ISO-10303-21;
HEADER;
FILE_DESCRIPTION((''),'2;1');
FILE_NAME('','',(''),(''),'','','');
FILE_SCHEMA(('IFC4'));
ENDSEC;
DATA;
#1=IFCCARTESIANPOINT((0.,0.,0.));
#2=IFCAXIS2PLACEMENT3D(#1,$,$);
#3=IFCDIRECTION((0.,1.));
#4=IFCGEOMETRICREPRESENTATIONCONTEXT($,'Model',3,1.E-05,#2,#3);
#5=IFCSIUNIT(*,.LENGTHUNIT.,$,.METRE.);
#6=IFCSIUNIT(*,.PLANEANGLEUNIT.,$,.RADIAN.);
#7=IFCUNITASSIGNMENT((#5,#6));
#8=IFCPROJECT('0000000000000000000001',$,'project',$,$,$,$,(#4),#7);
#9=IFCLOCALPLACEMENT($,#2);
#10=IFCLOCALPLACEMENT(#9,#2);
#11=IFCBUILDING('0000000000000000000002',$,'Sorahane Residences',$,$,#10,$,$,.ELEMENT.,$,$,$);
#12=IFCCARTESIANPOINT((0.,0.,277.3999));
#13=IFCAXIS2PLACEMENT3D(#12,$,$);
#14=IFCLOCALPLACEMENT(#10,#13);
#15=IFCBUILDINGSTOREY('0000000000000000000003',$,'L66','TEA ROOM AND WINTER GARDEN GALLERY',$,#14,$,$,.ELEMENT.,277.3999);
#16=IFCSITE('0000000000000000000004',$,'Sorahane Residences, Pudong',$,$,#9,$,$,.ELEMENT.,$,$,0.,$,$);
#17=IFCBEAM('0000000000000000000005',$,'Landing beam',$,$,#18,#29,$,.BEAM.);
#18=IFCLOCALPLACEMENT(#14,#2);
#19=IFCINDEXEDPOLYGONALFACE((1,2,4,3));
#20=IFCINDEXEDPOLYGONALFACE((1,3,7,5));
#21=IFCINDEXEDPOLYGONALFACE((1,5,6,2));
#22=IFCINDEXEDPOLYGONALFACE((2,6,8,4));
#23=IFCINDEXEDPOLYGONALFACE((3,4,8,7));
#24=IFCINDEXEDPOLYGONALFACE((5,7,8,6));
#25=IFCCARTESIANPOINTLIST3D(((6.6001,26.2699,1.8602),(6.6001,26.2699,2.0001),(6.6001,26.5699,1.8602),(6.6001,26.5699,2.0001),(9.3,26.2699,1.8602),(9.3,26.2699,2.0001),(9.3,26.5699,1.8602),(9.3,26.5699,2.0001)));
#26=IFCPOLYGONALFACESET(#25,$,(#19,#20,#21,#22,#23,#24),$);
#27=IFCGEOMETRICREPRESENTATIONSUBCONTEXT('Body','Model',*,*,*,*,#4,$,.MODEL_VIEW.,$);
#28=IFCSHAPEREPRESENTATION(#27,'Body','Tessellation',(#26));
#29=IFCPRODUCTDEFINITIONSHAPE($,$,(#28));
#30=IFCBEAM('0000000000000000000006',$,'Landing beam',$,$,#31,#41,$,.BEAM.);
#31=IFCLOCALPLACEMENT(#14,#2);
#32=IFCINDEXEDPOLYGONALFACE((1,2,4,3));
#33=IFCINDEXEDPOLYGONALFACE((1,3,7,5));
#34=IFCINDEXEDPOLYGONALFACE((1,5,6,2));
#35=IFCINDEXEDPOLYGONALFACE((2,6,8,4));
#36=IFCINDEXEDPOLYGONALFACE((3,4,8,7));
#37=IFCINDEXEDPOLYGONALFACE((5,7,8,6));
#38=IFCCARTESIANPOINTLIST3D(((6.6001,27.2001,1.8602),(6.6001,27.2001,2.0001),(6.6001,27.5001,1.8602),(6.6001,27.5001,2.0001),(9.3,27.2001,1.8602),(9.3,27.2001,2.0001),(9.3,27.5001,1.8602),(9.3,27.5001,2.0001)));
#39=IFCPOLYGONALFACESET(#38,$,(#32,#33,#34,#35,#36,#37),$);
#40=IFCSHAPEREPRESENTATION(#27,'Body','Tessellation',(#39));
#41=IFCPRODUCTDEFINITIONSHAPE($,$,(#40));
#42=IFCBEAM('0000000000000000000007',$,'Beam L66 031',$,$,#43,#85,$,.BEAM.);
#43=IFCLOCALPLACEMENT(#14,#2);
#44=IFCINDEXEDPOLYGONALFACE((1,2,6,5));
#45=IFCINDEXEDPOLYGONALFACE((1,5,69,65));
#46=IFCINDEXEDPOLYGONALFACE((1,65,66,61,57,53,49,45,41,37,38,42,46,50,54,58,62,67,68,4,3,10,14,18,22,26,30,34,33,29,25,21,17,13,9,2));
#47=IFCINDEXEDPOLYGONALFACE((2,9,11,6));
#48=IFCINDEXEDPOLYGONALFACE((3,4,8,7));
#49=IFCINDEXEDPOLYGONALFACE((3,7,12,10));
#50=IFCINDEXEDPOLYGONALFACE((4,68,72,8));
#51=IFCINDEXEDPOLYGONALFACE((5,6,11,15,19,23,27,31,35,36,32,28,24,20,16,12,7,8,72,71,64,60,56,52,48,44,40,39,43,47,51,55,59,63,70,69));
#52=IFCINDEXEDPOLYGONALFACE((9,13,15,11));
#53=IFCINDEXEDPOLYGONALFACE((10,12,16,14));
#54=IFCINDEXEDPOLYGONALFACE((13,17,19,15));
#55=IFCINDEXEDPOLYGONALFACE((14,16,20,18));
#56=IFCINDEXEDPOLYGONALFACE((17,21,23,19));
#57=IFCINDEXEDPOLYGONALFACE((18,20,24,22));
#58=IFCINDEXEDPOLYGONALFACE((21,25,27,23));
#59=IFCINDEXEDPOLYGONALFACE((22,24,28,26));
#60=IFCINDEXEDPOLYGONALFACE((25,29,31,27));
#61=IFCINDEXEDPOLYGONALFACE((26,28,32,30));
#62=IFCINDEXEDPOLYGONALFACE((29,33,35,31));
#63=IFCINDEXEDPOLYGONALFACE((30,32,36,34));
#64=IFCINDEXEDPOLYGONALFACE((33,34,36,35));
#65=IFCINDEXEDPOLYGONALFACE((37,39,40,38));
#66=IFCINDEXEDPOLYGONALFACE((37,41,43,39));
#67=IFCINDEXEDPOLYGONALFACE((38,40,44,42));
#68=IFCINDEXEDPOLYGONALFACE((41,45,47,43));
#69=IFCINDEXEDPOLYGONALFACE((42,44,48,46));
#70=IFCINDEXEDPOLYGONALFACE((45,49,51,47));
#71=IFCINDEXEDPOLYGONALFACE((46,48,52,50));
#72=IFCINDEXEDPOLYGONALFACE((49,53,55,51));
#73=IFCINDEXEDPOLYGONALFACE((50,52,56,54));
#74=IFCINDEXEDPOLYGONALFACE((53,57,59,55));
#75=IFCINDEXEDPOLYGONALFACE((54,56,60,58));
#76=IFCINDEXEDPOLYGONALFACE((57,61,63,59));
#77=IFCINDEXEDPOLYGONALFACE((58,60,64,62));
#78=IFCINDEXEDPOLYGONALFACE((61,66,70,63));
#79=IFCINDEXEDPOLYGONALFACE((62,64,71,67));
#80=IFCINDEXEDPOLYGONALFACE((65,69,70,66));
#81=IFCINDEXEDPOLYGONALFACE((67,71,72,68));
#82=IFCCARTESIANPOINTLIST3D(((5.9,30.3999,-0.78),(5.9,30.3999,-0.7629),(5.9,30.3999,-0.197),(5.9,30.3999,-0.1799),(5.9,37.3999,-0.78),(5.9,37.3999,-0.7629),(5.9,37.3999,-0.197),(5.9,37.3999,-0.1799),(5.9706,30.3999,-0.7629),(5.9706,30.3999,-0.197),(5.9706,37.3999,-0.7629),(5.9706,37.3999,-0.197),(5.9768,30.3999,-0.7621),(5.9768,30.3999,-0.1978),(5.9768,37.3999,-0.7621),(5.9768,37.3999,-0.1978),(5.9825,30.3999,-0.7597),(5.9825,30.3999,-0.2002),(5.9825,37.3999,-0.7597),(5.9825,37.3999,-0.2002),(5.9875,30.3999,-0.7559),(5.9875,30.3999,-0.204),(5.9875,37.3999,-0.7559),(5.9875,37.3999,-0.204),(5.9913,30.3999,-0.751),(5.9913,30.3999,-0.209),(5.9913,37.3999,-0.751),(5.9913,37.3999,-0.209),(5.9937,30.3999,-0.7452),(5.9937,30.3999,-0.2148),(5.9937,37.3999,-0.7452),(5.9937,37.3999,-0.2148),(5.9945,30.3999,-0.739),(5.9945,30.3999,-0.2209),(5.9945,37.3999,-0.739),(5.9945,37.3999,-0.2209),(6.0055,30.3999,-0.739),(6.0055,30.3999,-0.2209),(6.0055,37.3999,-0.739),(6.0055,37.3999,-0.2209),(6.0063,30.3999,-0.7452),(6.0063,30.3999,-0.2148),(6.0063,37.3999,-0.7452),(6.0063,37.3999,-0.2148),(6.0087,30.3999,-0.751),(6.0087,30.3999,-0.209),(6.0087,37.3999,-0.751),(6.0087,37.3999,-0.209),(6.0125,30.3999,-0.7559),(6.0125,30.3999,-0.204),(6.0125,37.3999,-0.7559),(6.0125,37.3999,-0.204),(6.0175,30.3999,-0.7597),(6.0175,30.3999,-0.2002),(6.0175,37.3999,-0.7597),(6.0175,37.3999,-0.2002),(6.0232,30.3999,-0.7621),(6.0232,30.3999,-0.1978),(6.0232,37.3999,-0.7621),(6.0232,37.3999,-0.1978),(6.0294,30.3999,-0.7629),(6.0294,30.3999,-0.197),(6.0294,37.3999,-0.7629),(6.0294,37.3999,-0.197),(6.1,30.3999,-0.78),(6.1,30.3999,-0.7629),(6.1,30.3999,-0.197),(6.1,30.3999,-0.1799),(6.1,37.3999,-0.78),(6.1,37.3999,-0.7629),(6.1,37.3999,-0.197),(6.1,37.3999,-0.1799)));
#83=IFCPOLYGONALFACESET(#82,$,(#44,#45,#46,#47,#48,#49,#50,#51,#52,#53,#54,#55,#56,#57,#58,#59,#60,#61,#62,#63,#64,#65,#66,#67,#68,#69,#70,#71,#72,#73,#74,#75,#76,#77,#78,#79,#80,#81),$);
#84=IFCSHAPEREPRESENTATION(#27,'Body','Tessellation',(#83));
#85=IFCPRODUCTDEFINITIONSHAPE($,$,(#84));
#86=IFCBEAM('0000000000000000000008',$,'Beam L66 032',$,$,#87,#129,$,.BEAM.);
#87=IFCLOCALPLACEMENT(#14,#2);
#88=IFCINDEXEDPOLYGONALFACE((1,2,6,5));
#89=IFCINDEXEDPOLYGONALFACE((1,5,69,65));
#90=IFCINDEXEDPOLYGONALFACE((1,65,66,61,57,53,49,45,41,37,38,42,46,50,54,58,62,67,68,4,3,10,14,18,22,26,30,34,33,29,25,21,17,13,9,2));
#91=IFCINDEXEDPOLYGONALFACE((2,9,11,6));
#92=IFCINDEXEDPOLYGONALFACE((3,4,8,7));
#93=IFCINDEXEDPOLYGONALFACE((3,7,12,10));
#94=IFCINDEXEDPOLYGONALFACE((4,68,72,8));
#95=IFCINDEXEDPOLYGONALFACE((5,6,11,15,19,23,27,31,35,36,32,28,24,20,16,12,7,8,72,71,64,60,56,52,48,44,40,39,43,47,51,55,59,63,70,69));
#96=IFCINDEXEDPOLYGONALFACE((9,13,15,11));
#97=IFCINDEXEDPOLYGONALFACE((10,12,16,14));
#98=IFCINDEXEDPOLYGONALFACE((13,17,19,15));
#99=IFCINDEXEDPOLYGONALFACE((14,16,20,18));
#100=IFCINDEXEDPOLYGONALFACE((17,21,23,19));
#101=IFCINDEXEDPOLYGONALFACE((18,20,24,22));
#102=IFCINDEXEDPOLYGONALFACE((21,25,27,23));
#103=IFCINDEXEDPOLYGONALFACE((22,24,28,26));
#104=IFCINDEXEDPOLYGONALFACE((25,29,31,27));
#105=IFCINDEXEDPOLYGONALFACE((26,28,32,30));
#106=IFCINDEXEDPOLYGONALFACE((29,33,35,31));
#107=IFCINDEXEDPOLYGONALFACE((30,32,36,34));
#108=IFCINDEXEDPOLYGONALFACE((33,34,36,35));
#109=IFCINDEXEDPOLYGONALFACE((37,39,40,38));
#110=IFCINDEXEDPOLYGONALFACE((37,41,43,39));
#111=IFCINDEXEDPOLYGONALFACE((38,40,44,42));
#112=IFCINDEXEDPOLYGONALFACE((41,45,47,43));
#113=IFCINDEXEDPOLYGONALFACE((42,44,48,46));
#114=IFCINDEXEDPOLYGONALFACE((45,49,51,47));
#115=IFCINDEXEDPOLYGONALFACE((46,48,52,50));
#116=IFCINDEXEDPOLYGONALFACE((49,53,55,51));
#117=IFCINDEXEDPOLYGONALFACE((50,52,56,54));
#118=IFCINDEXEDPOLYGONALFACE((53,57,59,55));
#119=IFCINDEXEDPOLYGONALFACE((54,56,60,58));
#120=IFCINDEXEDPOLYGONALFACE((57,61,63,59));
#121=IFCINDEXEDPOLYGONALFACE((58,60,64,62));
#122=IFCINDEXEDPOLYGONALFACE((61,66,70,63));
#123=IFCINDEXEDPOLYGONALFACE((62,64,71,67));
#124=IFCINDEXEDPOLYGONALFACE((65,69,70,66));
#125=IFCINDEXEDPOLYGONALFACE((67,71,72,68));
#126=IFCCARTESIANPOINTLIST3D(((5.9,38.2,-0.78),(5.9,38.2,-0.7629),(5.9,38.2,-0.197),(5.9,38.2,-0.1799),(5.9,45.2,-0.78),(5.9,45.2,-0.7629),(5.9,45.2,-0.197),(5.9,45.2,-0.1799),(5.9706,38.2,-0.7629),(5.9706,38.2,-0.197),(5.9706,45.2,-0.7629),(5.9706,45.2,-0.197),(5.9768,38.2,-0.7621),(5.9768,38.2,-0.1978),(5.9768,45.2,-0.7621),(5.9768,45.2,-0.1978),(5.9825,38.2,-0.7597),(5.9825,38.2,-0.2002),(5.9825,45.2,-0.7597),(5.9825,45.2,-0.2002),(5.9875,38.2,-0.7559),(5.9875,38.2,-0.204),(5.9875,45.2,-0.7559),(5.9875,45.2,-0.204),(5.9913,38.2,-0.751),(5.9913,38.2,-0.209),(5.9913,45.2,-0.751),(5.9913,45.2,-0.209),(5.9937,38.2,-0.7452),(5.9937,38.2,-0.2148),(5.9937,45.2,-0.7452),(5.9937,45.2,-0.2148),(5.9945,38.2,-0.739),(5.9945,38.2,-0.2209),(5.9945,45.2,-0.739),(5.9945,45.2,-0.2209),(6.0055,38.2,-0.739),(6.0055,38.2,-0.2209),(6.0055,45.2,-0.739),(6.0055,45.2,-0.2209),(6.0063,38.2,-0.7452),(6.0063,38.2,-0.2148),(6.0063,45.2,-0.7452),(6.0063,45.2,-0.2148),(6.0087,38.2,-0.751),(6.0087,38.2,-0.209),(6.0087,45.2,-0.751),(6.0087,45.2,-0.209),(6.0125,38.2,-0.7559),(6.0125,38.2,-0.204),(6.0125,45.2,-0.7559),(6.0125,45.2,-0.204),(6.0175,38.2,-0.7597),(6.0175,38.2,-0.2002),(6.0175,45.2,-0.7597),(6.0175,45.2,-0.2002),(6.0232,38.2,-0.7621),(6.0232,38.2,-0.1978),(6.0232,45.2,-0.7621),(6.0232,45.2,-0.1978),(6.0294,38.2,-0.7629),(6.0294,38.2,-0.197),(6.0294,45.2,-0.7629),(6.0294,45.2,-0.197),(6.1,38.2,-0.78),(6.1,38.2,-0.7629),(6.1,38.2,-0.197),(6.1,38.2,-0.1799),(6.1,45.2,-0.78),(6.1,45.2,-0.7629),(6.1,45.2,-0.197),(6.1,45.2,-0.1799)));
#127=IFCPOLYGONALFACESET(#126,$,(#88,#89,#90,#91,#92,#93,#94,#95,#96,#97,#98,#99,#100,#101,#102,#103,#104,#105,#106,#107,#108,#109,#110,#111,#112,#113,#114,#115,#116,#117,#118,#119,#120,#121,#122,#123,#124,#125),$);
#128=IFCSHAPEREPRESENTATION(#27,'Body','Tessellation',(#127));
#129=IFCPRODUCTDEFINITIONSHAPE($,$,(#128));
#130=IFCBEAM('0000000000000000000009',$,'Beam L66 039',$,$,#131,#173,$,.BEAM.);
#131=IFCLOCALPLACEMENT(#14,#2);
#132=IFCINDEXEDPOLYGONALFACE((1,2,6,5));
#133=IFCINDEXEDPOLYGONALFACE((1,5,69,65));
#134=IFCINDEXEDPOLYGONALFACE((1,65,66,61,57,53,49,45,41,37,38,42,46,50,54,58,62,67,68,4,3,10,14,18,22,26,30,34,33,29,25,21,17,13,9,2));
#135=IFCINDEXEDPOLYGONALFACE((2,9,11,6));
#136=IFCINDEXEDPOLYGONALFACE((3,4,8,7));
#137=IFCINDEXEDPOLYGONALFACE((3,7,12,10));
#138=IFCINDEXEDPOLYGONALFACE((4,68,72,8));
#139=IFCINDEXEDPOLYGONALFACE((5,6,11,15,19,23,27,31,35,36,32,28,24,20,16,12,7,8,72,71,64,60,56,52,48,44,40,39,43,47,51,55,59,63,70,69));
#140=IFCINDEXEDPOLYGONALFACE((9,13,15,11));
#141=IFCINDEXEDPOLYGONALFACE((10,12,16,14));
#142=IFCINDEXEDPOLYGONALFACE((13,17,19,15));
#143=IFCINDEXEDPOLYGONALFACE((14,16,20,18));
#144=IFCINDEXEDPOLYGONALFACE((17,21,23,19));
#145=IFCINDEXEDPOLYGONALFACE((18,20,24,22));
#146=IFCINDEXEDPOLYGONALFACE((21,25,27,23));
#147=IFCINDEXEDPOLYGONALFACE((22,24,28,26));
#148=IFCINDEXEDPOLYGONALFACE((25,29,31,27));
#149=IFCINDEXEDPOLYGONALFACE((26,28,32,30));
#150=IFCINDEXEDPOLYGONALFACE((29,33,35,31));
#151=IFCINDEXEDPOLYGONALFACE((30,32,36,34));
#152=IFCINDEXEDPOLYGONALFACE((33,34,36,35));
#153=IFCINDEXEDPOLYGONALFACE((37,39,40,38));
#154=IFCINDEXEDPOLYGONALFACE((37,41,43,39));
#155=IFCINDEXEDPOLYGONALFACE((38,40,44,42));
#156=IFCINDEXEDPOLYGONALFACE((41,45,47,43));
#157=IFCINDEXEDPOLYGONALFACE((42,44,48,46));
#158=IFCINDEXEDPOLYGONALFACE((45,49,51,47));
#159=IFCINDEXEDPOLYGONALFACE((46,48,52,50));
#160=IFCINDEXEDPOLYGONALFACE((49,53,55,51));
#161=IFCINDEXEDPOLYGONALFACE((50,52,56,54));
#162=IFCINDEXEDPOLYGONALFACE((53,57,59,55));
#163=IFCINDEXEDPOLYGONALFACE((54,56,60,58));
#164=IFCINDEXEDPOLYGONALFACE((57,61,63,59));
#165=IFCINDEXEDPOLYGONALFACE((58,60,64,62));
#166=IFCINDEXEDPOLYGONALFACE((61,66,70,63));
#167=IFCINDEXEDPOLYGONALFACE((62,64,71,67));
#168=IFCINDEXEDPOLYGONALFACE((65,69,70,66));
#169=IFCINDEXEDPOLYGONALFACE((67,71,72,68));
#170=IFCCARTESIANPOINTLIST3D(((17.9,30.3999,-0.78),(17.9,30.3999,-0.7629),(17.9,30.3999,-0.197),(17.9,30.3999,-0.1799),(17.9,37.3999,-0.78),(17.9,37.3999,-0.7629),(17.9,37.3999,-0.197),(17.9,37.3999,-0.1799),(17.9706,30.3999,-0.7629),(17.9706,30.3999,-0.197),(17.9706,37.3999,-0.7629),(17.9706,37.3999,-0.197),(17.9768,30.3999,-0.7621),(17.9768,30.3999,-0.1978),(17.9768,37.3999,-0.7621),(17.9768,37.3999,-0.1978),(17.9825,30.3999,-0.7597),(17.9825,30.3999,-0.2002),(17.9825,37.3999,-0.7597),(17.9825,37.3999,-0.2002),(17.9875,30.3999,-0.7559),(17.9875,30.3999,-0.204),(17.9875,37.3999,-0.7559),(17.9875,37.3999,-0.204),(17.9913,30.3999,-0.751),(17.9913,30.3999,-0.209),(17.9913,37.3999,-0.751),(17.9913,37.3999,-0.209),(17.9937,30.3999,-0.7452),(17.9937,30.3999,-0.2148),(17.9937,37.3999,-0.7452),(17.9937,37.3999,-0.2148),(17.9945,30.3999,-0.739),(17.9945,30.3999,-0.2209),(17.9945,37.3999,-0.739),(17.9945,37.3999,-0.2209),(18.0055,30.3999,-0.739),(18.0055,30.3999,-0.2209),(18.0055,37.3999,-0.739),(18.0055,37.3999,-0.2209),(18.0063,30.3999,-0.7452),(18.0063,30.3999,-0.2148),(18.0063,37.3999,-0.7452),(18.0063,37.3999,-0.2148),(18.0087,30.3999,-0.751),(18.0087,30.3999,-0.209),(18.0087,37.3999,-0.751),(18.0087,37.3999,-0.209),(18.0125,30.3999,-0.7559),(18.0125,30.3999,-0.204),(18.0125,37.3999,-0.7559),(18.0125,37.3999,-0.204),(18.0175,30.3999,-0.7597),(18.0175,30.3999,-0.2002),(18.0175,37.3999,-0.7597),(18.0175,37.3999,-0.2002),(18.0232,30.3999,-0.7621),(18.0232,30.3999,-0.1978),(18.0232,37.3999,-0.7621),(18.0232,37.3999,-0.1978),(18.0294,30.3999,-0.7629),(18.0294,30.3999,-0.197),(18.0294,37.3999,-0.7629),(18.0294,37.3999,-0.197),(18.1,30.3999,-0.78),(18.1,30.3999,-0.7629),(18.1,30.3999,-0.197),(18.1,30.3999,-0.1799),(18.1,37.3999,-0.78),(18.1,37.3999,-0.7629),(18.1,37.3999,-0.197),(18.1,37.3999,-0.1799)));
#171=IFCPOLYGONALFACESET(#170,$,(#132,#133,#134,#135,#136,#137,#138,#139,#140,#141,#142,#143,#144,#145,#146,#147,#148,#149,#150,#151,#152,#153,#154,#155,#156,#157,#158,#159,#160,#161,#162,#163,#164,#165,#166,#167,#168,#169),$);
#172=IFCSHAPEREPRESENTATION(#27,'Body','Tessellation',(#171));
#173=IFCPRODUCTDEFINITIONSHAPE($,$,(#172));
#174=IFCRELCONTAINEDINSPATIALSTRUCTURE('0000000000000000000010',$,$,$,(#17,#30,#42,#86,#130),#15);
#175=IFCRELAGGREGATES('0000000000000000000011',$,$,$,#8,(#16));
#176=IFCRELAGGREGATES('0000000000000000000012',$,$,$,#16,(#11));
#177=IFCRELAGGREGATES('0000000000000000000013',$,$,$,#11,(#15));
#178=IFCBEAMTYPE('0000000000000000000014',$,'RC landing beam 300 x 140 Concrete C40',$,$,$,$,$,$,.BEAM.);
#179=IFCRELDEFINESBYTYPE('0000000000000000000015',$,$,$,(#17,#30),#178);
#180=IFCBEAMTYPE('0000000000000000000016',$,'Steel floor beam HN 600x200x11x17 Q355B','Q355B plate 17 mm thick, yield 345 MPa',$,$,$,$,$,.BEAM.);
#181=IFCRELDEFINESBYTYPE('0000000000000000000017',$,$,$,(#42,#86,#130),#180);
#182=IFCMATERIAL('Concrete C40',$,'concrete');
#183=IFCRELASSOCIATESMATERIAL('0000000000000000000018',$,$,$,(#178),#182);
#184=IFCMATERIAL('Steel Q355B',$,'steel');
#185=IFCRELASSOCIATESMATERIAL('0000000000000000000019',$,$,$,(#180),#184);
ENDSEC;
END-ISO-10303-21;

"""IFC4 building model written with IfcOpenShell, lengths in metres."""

from ifc_helpers import new_model, si_unit, direction, frame, origin, origin_2d, place, context, subcontext, project, spatial, rectangle, i_section, extrude, material, material_profile, profile_set, type_object, element, save


model = new_model("IFC4")

# Units and contexts
model_context = context("Model", 3, precision=1e-05, world=origin(), true_north=direction((0.0, 1.0)))
body_context = subcontext(model_context, "Body", "Model", "MODEL_VIEW")
ifc_project = project(units=[si_unit("LENGTHUNIT", "METRE"), si_unit("PLANEANGLEUNIT", "RADIAN")], contexts=[model_context])

# Site, building, storey
site_placement = place(None, origin())
site = spatial("IfcSite", under=ifc_project, at=site_placement, Name="Sorahane Residences, Pudong", CompositionType="ELEMENT", RefElevation=0.0)
building_placement = place(site_placement, origin())
building = spatial("IfcBuilding", under=site, at=building_placement, Name="Sorahane Residences", CompositionType="ELEMENT")
storey_placement = place(building_placement, frame((0.0, 0.0, 277.3999)))
storey = spatial("IfcBuildingStorey", under=building, at=storey_placement, Name="L66", Description="TEA ROOM AND WINTER GARDEN GALLERY", CompositionType="ELEMENT", Elevation=277.3999)

# Beams
ifc_material_1 = material(Name="Concrete C40", Category="concrete")
ifc_material_profile_1 = material_profile(ifc_material_1, rectangle(XDim=0.3, YDim=0.1399, at=origin_2d()), Name="300x140")
ifc_profile_set_1 = profile_set([ifc_material_profile_1], Name="Concrete C40")
beam_type_1 = type_object("IfcBeamType", Name="RC landing beam 300 x 140 Concrete C40", PredefinedType="BEAM", material=ifc_profile_set_1)
for number, where, z_axis, x_axis, name in (
    (1, (6.6001, 26.4199, 1.9302), (1.0, 0.0, 0.0), (0.0, 1.0, 0.0), "Landing beam"),
    (2, (6.6001, 27.3501, 1.9302), (1.0, 0.0, 0.0), (0.0, 1.0, 0.0), "Landing beam"),
):
    element("IfcBeam", number, at=place(storey_placement, frame(where, z_axis=z_axis, x_axis=x_axis)), inside=storey, type_object=beam_type_1, Name=name, PredefinedType="BEAM", context=body_context, shape_type="SweptSolid", body=[
        extrude(rectangle(XDim=0.3, YDim=0.1399, at=origin_2d()), origin(), (0.0, 0.0, 1.0), 2.7),
    ])
ifc_material_2 = material(Name="Steel Q355B", Category="steel")
ifc_material_profile_2 = material_profile(ifc_material_2, i_section(OverallWidth=0.2, OverallDepth=0.6001, WebThickness=0.011, FlangeThickness=0.0171, FilletRadius=0.0239, at=origin_2d()), Name="HN 600x200x11x17")
ifc_profile_set_2 = profile_set([ifc_material_profile_2], Name="Steel Q355B")
beam_type_2 = type_object("IfcBeamType", Name="Steel floor beam HN 600x200x11x17 Q355B", Description="Q355B plate 17 mm thick, yield 345 MPa", PredefinedType="BEAM", material=ifc_profile_set_2)
for number, where, z_axis, x_axis, name in (
    (3, (6.0, 30.3999, -0.48), (0.0, 1.0, 0.0), (-1.0, 0.0, 0.0), "Beam L66 031"),
    (4, (6.0, 38.2, -0.48), (0.0, 1.0, 0.0), (-1.0, 0.0, 0.0), "Beam L66 032"),
    (5, (18.0, 30.3999, -0.48), (0.0, 1.0, 0.0), (-1.0, 0.0, 0.0), "Beam L66 039"),
):
    element("IfcBeam", number, at=place(storey_placement, frame(where, z_axis=z_axis, x_axis=x_axis)), inside=storey, type_object=beam_type_2, Name=name, PredefinedType="BEAM", context=body_context, shape_type="SweptSolid", body=[
        extrude(i_section(OverallWidth=0.2, OverallDepth=0.6001, WebThickness=0.011, FlangeThickness=0.0171, FilletRadius=0.0239, at=origin_2d()), origin(), (0.0, 0.0, 1.0), 7.0),
    ])

save(model, "model.ifc")
